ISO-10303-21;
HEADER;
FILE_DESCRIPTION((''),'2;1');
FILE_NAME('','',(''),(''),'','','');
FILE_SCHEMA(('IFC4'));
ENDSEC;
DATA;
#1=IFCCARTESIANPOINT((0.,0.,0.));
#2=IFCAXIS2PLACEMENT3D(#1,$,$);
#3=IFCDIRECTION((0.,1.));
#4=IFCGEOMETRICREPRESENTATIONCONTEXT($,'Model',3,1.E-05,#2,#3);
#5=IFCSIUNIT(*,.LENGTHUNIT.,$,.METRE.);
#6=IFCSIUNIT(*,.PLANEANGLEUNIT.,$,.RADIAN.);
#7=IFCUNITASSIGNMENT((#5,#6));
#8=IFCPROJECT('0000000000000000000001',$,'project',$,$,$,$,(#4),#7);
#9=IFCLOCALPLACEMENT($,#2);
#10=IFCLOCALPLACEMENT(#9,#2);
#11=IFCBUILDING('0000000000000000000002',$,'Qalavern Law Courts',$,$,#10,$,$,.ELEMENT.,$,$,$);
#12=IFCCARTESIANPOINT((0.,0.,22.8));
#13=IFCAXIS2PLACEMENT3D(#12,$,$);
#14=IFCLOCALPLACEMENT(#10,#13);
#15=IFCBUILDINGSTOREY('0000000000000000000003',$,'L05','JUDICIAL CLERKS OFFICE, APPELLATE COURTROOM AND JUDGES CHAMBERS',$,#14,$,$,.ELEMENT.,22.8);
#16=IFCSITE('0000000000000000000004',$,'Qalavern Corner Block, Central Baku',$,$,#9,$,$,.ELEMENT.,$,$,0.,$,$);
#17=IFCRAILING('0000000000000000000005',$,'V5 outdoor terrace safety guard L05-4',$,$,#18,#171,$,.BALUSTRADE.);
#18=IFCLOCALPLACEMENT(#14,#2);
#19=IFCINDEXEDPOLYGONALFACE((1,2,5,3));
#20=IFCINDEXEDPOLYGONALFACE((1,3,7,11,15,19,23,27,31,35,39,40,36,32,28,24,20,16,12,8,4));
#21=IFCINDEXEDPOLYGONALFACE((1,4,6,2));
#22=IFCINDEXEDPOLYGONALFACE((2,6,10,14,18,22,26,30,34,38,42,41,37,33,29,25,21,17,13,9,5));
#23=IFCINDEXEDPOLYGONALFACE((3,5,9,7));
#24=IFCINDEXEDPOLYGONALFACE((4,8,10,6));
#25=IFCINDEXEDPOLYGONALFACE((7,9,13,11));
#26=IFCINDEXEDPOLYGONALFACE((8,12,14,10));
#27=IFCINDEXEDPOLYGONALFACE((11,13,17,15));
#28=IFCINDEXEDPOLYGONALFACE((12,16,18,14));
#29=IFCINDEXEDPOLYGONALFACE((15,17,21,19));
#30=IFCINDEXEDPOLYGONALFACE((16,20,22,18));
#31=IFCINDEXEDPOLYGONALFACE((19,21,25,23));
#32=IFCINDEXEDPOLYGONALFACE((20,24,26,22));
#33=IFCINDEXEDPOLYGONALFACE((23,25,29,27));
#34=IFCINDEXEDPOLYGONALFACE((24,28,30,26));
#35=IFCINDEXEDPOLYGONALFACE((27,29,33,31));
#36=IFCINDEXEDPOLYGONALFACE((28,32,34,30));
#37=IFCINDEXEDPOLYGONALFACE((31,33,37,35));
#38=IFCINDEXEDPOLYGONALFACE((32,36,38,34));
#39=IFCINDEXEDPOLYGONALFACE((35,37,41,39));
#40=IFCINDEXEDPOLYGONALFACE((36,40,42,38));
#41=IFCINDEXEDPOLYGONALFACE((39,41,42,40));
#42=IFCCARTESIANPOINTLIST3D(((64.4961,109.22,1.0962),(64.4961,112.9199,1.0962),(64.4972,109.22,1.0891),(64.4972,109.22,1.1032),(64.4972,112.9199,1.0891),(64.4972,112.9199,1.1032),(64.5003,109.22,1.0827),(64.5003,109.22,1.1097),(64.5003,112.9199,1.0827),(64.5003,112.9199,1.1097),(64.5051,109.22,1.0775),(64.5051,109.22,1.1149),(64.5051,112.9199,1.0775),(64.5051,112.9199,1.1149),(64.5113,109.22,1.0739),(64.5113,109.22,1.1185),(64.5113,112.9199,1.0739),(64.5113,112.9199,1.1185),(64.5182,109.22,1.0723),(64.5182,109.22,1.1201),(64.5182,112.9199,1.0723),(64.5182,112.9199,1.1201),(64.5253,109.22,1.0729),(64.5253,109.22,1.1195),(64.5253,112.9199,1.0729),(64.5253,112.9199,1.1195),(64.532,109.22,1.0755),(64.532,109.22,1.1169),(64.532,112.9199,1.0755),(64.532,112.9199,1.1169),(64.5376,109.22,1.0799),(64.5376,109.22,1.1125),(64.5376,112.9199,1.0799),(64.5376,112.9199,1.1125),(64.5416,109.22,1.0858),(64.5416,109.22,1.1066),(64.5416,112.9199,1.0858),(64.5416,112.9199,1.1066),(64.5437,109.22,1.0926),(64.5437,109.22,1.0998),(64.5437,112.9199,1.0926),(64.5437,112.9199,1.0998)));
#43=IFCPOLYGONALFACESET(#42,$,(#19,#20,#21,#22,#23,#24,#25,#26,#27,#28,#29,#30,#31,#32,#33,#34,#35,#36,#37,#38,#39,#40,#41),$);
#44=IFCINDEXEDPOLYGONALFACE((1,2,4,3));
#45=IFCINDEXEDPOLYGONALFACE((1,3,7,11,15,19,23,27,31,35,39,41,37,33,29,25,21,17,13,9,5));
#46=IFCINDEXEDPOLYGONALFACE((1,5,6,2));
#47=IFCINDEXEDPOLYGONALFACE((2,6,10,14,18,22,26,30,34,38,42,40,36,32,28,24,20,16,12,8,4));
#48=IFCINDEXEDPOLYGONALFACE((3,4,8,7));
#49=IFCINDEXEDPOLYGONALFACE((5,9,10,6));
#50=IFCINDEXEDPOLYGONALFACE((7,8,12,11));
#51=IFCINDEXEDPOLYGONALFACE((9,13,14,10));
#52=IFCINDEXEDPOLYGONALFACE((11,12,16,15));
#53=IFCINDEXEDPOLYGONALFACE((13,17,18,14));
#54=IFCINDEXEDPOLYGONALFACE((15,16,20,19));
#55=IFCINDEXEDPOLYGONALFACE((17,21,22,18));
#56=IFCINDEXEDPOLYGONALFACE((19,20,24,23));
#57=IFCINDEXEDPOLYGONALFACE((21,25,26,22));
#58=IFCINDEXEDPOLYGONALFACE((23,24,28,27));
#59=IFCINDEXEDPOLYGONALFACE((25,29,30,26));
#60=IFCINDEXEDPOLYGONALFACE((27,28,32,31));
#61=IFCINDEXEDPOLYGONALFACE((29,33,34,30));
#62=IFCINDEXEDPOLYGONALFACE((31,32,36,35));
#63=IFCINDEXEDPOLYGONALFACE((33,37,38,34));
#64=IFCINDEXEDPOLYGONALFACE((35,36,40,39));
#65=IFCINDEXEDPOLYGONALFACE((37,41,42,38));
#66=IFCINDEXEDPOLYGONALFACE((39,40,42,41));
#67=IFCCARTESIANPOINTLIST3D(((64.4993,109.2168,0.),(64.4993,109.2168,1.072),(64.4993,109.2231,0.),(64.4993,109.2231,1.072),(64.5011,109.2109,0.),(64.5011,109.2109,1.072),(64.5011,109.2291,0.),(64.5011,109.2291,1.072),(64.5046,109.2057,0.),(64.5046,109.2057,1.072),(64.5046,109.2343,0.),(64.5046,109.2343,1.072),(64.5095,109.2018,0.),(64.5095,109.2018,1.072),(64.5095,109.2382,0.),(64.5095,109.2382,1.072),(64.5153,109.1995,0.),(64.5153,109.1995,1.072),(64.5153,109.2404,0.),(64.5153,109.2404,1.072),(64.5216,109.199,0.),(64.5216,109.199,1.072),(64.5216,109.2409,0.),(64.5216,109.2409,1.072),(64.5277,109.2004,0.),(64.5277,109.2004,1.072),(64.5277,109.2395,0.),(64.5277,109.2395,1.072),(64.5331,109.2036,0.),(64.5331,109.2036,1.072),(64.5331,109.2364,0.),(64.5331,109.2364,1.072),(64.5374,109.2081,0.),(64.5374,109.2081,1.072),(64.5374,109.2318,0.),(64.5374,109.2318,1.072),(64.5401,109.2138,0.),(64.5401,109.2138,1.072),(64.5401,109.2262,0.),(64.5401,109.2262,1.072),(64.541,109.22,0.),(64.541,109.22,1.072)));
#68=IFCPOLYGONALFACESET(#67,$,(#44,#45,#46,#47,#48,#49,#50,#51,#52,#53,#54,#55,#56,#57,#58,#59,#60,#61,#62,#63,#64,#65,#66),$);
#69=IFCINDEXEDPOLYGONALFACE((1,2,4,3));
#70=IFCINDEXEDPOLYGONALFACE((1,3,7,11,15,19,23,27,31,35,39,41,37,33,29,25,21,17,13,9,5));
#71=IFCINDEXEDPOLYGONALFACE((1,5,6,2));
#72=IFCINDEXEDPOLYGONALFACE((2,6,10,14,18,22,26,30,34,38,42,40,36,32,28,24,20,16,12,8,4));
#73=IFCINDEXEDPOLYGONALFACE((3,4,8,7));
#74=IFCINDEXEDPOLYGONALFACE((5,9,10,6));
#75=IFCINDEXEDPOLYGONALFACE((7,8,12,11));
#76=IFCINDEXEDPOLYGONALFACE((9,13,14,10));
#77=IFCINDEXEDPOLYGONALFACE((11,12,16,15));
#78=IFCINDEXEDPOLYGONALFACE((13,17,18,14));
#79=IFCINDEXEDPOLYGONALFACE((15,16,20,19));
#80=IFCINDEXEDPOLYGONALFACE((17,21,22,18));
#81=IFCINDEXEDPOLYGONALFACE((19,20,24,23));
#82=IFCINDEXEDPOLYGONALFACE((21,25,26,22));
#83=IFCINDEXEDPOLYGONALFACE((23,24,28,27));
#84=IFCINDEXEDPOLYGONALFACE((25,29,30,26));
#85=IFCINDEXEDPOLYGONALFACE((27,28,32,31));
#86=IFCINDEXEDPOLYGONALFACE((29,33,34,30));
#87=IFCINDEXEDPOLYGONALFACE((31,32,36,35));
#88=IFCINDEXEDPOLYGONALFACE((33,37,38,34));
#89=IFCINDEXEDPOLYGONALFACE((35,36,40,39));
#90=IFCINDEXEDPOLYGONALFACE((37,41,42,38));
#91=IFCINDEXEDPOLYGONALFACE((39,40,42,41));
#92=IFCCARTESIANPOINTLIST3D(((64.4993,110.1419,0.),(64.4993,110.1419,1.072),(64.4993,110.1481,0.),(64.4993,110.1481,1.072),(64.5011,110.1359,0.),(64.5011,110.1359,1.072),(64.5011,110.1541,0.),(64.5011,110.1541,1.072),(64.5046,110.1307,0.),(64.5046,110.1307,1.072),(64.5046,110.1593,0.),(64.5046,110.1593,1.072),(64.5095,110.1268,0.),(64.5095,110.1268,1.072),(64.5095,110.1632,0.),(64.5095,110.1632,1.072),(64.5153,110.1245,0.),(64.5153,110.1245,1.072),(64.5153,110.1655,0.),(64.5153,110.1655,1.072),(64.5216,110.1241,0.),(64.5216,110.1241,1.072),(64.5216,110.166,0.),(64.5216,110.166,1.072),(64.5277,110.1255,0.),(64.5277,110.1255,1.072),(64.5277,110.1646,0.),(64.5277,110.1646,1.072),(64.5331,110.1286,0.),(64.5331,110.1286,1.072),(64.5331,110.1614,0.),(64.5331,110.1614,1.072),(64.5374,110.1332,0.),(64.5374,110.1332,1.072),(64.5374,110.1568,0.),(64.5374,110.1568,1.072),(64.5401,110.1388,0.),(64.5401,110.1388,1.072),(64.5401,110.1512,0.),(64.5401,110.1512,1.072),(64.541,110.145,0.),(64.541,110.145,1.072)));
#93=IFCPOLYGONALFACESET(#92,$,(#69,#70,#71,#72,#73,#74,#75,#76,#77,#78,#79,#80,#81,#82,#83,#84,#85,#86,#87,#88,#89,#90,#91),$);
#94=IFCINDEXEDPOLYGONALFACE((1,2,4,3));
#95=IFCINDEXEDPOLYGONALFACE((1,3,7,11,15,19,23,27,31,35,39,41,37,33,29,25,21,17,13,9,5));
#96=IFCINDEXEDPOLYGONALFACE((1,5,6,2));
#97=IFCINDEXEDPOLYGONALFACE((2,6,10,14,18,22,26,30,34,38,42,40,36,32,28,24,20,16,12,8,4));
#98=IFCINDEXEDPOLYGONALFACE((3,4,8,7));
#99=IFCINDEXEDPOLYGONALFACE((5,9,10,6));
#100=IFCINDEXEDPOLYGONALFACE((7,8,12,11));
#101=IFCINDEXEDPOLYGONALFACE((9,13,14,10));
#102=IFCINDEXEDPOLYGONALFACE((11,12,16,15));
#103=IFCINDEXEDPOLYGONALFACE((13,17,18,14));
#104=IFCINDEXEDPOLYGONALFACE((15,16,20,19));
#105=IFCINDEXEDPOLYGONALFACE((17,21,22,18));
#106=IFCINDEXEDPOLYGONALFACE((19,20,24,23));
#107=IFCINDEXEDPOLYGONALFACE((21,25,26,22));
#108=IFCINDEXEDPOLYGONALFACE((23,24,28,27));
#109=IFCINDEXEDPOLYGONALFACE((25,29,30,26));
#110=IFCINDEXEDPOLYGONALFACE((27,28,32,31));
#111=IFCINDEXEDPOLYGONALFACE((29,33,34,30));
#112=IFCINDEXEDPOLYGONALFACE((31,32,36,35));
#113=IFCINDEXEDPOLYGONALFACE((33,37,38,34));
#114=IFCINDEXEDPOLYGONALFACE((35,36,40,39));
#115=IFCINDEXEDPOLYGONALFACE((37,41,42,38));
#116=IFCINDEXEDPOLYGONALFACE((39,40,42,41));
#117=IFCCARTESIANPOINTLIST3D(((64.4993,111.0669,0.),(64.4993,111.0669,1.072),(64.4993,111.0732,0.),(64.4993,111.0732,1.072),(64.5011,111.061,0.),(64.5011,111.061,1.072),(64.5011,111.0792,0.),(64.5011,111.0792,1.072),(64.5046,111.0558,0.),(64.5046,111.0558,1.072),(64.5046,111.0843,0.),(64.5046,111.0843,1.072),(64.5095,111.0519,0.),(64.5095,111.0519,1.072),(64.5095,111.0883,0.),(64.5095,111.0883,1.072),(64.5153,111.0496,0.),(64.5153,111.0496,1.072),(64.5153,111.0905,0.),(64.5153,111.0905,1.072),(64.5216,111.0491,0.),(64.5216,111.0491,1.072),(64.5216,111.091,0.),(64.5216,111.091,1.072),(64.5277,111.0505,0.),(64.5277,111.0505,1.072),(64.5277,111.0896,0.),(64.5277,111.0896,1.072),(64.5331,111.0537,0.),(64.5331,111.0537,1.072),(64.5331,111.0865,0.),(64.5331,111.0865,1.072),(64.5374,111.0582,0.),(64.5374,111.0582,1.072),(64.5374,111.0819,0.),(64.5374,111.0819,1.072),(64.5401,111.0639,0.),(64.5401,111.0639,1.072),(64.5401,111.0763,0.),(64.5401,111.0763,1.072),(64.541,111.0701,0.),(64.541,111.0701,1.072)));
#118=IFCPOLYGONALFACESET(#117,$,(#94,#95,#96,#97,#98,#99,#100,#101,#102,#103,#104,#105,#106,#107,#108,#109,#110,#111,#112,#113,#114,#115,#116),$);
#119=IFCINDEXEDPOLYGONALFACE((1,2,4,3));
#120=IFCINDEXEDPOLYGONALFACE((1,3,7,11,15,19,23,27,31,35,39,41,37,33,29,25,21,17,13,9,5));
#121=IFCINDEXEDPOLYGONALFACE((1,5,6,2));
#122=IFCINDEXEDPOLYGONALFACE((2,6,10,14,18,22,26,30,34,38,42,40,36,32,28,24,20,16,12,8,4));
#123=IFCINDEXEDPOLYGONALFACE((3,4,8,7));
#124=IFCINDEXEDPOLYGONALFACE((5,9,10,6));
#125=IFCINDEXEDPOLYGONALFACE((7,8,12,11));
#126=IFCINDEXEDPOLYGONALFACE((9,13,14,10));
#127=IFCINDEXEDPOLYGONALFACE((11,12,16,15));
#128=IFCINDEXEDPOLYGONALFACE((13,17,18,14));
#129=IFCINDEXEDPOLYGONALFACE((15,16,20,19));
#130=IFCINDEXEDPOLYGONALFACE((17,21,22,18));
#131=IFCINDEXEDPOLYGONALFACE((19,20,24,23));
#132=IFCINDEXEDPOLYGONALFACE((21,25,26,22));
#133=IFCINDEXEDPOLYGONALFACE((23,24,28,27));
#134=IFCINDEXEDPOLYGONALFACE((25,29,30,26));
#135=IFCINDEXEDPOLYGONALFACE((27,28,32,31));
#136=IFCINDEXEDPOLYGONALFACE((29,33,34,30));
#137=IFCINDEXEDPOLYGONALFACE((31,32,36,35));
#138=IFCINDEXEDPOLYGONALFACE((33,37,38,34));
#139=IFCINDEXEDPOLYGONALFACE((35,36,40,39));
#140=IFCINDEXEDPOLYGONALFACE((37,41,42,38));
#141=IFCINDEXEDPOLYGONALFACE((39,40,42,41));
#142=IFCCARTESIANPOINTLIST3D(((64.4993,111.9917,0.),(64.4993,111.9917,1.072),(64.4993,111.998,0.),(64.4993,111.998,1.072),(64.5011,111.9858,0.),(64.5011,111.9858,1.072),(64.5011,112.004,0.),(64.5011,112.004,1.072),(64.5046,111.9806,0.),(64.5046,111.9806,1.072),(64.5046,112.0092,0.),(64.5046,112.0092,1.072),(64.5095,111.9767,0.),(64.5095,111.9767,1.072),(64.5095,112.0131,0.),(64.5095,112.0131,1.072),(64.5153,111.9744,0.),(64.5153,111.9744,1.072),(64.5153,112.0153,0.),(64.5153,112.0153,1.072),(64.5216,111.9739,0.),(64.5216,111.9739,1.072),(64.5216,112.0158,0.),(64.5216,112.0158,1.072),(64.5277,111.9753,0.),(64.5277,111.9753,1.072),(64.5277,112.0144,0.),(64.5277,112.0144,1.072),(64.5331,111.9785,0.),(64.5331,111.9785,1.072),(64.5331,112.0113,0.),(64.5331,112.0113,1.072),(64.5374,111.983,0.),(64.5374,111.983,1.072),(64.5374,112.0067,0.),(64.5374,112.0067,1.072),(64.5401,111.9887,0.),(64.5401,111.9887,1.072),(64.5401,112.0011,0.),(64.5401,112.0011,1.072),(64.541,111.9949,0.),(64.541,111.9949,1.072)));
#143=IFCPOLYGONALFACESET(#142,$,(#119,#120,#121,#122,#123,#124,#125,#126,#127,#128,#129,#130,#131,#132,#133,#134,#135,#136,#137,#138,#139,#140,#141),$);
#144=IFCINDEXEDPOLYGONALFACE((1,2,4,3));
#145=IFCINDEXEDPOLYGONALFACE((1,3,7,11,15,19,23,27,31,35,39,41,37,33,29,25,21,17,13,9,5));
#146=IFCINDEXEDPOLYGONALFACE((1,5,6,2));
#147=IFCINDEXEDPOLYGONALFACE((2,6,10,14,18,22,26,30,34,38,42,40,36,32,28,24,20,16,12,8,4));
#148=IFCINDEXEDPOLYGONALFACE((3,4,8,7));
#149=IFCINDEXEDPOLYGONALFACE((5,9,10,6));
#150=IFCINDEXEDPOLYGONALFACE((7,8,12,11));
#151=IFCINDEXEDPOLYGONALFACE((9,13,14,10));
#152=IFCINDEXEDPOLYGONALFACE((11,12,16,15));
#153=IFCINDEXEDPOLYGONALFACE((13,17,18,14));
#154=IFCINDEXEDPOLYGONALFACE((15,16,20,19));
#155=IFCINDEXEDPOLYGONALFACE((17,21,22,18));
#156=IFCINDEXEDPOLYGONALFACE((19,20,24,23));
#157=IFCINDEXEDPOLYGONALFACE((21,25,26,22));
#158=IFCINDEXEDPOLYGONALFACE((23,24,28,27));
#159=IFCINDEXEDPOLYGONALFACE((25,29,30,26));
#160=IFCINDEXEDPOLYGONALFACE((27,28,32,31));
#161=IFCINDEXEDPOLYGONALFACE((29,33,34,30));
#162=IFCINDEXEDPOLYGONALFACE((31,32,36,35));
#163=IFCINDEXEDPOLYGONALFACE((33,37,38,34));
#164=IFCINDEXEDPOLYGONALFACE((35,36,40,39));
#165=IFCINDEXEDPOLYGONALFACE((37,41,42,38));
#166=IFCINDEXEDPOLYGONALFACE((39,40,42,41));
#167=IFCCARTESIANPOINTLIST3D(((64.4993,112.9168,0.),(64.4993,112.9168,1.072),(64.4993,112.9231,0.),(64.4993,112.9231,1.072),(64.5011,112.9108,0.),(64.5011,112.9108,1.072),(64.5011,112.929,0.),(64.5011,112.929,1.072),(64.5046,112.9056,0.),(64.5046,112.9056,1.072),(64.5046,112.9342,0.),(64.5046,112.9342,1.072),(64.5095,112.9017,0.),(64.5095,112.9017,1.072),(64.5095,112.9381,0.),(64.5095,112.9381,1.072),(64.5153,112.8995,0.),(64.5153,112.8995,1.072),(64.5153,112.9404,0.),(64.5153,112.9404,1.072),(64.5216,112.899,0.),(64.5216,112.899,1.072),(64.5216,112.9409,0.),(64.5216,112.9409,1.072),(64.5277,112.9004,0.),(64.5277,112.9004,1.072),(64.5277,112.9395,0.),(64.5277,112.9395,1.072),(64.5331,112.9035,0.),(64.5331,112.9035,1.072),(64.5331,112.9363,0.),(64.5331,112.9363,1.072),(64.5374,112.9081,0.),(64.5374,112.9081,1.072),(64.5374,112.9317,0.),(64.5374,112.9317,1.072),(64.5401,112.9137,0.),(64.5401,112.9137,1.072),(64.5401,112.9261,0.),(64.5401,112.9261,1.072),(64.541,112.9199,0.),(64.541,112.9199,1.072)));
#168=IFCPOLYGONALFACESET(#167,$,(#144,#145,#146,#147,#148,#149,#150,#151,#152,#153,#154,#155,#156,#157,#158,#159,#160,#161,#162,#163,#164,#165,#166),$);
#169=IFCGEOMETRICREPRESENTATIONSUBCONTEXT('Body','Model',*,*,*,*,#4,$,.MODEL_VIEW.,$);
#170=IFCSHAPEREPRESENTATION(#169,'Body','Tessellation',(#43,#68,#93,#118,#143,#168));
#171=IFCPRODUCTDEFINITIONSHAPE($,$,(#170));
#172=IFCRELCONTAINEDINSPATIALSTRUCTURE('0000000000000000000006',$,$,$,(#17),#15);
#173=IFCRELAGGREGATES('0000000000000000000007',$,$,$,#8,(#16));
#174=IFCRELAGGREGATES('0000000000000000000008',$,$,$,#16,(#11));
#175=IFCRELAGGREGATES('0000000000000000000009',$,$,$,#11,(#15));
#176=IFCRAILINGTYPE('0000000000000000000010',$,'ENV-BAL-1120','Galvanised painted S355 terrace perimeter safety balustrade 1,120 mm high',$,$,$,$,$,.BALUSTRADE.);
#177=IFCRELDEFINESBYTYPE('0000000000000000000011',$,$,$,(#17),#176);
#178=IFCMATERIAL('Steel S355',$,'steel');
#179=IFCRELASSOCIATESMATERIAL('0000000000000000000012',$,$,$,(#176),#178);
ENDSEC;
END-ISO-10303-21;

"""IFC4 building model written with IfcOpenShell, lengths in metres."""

from ifc_helpers import new_model, si_unit, direction, frame, origin, origin_2d, place, context, subcontext, project, spatial, circle, extrude, material, type_object, element, save


model = new_model("IFC4")

# Units and contexts
model_context = context("Model", 3, precision=1e-05, world=origin(), true_north=direction((0.0, 1.0)))
body_context = subcontext(model_context, "Body", "Model", "MODEL_VIEW")
ifc_project = project(units=[si_unit("LENGTHUNIT", "METRE"), si_unit("PLANEANGLEUNIT", "RADIAN")], contexts=[model_context])

# Site, building, storey
site_placement = place(None, origin())
site = spatial("IfcSite", under=ifc_project, at=site_placement, Name="Qalavern Corner Block, Central Baku", CompositionType="ELEMENT", RefElevation=0.0)
building_placement = place(site_placement, origin())
building = spatial("IfcBuilding", under=site, at=building_placement, Name="Qalavern Law Courts", CompositionType="ELEMENT")
storey_placement = place(building_placement, frame((0.0, 0.0, 22.8)))
storey = spatial("IfcBuildingStorey", under=building, at=storey_placement, Name="L05", Description="JUDICIAL CLERKS OFFICE, APPELLATE COURTROOM AND JUDGES CHAMBERS", CompositionType="ELEMENT", Elevation=22.8)

# Shared definitions
ifc_material_1 = material(Name="Steel S355", Category="steel")

# Railing
railing_type = type_object("IfcRailingType", Name="ENV-BAL-1120", Description="Galvanised painted S355 terrace perimeter safety balustrade 1,120 mm high", PredefinedType="BALUSTRADE", material=ifc_material_1)
railing_1_placement = place(storey_placement, frame((64.52, 109.22, 0.0)))
element("IfcRailing", 1, at=railing_1_placement, inside=storey, type_object=railing_type, Name="V5 outdoor terrace safety guard L05-4", PredefinedType="BALUSTRADE", context=body_context, shape_type="SweptSolid", body=[
    extrude(circle(Radius=0.0239, at=origin_2d()), frame((0.0, 0.0, 1.0962), z_axis=(0.0, 1.0, 0.0), x_axis=(-1.0, 0.0, 0.0)), (0.0, 0.0, 1.0), 3.7),
    extrude(circle(Radius=0.021, at=origin_2d()), origin(), (0.0, 0.0, 1.0), 1.072),
    extrude(circle(Radius=0.021, at=origin_2d()), frame((0.0, 0.925, 0.0)), (0.0, 0.0, 1.0), 1.072),
    extrude(circle(Radius=0.021, at=origin_2d()), frame((0.0, 1.8501, 0.0)), (0.0, 0.0, 1.0), 1.072),
    extrude(circle(Radius=0.021, at=origin_2d()), frame((0.0, 2.7749, 0.0)), (0.0, 0.0, 1.0), 1.072),
    extrude(circle(Radius=0.021, at=origin_2d()), frame((0.0, 3.7, 0.0)), (0.0, 0.0, 1.0), 1.072),
])

save(model, "model.ifc")
